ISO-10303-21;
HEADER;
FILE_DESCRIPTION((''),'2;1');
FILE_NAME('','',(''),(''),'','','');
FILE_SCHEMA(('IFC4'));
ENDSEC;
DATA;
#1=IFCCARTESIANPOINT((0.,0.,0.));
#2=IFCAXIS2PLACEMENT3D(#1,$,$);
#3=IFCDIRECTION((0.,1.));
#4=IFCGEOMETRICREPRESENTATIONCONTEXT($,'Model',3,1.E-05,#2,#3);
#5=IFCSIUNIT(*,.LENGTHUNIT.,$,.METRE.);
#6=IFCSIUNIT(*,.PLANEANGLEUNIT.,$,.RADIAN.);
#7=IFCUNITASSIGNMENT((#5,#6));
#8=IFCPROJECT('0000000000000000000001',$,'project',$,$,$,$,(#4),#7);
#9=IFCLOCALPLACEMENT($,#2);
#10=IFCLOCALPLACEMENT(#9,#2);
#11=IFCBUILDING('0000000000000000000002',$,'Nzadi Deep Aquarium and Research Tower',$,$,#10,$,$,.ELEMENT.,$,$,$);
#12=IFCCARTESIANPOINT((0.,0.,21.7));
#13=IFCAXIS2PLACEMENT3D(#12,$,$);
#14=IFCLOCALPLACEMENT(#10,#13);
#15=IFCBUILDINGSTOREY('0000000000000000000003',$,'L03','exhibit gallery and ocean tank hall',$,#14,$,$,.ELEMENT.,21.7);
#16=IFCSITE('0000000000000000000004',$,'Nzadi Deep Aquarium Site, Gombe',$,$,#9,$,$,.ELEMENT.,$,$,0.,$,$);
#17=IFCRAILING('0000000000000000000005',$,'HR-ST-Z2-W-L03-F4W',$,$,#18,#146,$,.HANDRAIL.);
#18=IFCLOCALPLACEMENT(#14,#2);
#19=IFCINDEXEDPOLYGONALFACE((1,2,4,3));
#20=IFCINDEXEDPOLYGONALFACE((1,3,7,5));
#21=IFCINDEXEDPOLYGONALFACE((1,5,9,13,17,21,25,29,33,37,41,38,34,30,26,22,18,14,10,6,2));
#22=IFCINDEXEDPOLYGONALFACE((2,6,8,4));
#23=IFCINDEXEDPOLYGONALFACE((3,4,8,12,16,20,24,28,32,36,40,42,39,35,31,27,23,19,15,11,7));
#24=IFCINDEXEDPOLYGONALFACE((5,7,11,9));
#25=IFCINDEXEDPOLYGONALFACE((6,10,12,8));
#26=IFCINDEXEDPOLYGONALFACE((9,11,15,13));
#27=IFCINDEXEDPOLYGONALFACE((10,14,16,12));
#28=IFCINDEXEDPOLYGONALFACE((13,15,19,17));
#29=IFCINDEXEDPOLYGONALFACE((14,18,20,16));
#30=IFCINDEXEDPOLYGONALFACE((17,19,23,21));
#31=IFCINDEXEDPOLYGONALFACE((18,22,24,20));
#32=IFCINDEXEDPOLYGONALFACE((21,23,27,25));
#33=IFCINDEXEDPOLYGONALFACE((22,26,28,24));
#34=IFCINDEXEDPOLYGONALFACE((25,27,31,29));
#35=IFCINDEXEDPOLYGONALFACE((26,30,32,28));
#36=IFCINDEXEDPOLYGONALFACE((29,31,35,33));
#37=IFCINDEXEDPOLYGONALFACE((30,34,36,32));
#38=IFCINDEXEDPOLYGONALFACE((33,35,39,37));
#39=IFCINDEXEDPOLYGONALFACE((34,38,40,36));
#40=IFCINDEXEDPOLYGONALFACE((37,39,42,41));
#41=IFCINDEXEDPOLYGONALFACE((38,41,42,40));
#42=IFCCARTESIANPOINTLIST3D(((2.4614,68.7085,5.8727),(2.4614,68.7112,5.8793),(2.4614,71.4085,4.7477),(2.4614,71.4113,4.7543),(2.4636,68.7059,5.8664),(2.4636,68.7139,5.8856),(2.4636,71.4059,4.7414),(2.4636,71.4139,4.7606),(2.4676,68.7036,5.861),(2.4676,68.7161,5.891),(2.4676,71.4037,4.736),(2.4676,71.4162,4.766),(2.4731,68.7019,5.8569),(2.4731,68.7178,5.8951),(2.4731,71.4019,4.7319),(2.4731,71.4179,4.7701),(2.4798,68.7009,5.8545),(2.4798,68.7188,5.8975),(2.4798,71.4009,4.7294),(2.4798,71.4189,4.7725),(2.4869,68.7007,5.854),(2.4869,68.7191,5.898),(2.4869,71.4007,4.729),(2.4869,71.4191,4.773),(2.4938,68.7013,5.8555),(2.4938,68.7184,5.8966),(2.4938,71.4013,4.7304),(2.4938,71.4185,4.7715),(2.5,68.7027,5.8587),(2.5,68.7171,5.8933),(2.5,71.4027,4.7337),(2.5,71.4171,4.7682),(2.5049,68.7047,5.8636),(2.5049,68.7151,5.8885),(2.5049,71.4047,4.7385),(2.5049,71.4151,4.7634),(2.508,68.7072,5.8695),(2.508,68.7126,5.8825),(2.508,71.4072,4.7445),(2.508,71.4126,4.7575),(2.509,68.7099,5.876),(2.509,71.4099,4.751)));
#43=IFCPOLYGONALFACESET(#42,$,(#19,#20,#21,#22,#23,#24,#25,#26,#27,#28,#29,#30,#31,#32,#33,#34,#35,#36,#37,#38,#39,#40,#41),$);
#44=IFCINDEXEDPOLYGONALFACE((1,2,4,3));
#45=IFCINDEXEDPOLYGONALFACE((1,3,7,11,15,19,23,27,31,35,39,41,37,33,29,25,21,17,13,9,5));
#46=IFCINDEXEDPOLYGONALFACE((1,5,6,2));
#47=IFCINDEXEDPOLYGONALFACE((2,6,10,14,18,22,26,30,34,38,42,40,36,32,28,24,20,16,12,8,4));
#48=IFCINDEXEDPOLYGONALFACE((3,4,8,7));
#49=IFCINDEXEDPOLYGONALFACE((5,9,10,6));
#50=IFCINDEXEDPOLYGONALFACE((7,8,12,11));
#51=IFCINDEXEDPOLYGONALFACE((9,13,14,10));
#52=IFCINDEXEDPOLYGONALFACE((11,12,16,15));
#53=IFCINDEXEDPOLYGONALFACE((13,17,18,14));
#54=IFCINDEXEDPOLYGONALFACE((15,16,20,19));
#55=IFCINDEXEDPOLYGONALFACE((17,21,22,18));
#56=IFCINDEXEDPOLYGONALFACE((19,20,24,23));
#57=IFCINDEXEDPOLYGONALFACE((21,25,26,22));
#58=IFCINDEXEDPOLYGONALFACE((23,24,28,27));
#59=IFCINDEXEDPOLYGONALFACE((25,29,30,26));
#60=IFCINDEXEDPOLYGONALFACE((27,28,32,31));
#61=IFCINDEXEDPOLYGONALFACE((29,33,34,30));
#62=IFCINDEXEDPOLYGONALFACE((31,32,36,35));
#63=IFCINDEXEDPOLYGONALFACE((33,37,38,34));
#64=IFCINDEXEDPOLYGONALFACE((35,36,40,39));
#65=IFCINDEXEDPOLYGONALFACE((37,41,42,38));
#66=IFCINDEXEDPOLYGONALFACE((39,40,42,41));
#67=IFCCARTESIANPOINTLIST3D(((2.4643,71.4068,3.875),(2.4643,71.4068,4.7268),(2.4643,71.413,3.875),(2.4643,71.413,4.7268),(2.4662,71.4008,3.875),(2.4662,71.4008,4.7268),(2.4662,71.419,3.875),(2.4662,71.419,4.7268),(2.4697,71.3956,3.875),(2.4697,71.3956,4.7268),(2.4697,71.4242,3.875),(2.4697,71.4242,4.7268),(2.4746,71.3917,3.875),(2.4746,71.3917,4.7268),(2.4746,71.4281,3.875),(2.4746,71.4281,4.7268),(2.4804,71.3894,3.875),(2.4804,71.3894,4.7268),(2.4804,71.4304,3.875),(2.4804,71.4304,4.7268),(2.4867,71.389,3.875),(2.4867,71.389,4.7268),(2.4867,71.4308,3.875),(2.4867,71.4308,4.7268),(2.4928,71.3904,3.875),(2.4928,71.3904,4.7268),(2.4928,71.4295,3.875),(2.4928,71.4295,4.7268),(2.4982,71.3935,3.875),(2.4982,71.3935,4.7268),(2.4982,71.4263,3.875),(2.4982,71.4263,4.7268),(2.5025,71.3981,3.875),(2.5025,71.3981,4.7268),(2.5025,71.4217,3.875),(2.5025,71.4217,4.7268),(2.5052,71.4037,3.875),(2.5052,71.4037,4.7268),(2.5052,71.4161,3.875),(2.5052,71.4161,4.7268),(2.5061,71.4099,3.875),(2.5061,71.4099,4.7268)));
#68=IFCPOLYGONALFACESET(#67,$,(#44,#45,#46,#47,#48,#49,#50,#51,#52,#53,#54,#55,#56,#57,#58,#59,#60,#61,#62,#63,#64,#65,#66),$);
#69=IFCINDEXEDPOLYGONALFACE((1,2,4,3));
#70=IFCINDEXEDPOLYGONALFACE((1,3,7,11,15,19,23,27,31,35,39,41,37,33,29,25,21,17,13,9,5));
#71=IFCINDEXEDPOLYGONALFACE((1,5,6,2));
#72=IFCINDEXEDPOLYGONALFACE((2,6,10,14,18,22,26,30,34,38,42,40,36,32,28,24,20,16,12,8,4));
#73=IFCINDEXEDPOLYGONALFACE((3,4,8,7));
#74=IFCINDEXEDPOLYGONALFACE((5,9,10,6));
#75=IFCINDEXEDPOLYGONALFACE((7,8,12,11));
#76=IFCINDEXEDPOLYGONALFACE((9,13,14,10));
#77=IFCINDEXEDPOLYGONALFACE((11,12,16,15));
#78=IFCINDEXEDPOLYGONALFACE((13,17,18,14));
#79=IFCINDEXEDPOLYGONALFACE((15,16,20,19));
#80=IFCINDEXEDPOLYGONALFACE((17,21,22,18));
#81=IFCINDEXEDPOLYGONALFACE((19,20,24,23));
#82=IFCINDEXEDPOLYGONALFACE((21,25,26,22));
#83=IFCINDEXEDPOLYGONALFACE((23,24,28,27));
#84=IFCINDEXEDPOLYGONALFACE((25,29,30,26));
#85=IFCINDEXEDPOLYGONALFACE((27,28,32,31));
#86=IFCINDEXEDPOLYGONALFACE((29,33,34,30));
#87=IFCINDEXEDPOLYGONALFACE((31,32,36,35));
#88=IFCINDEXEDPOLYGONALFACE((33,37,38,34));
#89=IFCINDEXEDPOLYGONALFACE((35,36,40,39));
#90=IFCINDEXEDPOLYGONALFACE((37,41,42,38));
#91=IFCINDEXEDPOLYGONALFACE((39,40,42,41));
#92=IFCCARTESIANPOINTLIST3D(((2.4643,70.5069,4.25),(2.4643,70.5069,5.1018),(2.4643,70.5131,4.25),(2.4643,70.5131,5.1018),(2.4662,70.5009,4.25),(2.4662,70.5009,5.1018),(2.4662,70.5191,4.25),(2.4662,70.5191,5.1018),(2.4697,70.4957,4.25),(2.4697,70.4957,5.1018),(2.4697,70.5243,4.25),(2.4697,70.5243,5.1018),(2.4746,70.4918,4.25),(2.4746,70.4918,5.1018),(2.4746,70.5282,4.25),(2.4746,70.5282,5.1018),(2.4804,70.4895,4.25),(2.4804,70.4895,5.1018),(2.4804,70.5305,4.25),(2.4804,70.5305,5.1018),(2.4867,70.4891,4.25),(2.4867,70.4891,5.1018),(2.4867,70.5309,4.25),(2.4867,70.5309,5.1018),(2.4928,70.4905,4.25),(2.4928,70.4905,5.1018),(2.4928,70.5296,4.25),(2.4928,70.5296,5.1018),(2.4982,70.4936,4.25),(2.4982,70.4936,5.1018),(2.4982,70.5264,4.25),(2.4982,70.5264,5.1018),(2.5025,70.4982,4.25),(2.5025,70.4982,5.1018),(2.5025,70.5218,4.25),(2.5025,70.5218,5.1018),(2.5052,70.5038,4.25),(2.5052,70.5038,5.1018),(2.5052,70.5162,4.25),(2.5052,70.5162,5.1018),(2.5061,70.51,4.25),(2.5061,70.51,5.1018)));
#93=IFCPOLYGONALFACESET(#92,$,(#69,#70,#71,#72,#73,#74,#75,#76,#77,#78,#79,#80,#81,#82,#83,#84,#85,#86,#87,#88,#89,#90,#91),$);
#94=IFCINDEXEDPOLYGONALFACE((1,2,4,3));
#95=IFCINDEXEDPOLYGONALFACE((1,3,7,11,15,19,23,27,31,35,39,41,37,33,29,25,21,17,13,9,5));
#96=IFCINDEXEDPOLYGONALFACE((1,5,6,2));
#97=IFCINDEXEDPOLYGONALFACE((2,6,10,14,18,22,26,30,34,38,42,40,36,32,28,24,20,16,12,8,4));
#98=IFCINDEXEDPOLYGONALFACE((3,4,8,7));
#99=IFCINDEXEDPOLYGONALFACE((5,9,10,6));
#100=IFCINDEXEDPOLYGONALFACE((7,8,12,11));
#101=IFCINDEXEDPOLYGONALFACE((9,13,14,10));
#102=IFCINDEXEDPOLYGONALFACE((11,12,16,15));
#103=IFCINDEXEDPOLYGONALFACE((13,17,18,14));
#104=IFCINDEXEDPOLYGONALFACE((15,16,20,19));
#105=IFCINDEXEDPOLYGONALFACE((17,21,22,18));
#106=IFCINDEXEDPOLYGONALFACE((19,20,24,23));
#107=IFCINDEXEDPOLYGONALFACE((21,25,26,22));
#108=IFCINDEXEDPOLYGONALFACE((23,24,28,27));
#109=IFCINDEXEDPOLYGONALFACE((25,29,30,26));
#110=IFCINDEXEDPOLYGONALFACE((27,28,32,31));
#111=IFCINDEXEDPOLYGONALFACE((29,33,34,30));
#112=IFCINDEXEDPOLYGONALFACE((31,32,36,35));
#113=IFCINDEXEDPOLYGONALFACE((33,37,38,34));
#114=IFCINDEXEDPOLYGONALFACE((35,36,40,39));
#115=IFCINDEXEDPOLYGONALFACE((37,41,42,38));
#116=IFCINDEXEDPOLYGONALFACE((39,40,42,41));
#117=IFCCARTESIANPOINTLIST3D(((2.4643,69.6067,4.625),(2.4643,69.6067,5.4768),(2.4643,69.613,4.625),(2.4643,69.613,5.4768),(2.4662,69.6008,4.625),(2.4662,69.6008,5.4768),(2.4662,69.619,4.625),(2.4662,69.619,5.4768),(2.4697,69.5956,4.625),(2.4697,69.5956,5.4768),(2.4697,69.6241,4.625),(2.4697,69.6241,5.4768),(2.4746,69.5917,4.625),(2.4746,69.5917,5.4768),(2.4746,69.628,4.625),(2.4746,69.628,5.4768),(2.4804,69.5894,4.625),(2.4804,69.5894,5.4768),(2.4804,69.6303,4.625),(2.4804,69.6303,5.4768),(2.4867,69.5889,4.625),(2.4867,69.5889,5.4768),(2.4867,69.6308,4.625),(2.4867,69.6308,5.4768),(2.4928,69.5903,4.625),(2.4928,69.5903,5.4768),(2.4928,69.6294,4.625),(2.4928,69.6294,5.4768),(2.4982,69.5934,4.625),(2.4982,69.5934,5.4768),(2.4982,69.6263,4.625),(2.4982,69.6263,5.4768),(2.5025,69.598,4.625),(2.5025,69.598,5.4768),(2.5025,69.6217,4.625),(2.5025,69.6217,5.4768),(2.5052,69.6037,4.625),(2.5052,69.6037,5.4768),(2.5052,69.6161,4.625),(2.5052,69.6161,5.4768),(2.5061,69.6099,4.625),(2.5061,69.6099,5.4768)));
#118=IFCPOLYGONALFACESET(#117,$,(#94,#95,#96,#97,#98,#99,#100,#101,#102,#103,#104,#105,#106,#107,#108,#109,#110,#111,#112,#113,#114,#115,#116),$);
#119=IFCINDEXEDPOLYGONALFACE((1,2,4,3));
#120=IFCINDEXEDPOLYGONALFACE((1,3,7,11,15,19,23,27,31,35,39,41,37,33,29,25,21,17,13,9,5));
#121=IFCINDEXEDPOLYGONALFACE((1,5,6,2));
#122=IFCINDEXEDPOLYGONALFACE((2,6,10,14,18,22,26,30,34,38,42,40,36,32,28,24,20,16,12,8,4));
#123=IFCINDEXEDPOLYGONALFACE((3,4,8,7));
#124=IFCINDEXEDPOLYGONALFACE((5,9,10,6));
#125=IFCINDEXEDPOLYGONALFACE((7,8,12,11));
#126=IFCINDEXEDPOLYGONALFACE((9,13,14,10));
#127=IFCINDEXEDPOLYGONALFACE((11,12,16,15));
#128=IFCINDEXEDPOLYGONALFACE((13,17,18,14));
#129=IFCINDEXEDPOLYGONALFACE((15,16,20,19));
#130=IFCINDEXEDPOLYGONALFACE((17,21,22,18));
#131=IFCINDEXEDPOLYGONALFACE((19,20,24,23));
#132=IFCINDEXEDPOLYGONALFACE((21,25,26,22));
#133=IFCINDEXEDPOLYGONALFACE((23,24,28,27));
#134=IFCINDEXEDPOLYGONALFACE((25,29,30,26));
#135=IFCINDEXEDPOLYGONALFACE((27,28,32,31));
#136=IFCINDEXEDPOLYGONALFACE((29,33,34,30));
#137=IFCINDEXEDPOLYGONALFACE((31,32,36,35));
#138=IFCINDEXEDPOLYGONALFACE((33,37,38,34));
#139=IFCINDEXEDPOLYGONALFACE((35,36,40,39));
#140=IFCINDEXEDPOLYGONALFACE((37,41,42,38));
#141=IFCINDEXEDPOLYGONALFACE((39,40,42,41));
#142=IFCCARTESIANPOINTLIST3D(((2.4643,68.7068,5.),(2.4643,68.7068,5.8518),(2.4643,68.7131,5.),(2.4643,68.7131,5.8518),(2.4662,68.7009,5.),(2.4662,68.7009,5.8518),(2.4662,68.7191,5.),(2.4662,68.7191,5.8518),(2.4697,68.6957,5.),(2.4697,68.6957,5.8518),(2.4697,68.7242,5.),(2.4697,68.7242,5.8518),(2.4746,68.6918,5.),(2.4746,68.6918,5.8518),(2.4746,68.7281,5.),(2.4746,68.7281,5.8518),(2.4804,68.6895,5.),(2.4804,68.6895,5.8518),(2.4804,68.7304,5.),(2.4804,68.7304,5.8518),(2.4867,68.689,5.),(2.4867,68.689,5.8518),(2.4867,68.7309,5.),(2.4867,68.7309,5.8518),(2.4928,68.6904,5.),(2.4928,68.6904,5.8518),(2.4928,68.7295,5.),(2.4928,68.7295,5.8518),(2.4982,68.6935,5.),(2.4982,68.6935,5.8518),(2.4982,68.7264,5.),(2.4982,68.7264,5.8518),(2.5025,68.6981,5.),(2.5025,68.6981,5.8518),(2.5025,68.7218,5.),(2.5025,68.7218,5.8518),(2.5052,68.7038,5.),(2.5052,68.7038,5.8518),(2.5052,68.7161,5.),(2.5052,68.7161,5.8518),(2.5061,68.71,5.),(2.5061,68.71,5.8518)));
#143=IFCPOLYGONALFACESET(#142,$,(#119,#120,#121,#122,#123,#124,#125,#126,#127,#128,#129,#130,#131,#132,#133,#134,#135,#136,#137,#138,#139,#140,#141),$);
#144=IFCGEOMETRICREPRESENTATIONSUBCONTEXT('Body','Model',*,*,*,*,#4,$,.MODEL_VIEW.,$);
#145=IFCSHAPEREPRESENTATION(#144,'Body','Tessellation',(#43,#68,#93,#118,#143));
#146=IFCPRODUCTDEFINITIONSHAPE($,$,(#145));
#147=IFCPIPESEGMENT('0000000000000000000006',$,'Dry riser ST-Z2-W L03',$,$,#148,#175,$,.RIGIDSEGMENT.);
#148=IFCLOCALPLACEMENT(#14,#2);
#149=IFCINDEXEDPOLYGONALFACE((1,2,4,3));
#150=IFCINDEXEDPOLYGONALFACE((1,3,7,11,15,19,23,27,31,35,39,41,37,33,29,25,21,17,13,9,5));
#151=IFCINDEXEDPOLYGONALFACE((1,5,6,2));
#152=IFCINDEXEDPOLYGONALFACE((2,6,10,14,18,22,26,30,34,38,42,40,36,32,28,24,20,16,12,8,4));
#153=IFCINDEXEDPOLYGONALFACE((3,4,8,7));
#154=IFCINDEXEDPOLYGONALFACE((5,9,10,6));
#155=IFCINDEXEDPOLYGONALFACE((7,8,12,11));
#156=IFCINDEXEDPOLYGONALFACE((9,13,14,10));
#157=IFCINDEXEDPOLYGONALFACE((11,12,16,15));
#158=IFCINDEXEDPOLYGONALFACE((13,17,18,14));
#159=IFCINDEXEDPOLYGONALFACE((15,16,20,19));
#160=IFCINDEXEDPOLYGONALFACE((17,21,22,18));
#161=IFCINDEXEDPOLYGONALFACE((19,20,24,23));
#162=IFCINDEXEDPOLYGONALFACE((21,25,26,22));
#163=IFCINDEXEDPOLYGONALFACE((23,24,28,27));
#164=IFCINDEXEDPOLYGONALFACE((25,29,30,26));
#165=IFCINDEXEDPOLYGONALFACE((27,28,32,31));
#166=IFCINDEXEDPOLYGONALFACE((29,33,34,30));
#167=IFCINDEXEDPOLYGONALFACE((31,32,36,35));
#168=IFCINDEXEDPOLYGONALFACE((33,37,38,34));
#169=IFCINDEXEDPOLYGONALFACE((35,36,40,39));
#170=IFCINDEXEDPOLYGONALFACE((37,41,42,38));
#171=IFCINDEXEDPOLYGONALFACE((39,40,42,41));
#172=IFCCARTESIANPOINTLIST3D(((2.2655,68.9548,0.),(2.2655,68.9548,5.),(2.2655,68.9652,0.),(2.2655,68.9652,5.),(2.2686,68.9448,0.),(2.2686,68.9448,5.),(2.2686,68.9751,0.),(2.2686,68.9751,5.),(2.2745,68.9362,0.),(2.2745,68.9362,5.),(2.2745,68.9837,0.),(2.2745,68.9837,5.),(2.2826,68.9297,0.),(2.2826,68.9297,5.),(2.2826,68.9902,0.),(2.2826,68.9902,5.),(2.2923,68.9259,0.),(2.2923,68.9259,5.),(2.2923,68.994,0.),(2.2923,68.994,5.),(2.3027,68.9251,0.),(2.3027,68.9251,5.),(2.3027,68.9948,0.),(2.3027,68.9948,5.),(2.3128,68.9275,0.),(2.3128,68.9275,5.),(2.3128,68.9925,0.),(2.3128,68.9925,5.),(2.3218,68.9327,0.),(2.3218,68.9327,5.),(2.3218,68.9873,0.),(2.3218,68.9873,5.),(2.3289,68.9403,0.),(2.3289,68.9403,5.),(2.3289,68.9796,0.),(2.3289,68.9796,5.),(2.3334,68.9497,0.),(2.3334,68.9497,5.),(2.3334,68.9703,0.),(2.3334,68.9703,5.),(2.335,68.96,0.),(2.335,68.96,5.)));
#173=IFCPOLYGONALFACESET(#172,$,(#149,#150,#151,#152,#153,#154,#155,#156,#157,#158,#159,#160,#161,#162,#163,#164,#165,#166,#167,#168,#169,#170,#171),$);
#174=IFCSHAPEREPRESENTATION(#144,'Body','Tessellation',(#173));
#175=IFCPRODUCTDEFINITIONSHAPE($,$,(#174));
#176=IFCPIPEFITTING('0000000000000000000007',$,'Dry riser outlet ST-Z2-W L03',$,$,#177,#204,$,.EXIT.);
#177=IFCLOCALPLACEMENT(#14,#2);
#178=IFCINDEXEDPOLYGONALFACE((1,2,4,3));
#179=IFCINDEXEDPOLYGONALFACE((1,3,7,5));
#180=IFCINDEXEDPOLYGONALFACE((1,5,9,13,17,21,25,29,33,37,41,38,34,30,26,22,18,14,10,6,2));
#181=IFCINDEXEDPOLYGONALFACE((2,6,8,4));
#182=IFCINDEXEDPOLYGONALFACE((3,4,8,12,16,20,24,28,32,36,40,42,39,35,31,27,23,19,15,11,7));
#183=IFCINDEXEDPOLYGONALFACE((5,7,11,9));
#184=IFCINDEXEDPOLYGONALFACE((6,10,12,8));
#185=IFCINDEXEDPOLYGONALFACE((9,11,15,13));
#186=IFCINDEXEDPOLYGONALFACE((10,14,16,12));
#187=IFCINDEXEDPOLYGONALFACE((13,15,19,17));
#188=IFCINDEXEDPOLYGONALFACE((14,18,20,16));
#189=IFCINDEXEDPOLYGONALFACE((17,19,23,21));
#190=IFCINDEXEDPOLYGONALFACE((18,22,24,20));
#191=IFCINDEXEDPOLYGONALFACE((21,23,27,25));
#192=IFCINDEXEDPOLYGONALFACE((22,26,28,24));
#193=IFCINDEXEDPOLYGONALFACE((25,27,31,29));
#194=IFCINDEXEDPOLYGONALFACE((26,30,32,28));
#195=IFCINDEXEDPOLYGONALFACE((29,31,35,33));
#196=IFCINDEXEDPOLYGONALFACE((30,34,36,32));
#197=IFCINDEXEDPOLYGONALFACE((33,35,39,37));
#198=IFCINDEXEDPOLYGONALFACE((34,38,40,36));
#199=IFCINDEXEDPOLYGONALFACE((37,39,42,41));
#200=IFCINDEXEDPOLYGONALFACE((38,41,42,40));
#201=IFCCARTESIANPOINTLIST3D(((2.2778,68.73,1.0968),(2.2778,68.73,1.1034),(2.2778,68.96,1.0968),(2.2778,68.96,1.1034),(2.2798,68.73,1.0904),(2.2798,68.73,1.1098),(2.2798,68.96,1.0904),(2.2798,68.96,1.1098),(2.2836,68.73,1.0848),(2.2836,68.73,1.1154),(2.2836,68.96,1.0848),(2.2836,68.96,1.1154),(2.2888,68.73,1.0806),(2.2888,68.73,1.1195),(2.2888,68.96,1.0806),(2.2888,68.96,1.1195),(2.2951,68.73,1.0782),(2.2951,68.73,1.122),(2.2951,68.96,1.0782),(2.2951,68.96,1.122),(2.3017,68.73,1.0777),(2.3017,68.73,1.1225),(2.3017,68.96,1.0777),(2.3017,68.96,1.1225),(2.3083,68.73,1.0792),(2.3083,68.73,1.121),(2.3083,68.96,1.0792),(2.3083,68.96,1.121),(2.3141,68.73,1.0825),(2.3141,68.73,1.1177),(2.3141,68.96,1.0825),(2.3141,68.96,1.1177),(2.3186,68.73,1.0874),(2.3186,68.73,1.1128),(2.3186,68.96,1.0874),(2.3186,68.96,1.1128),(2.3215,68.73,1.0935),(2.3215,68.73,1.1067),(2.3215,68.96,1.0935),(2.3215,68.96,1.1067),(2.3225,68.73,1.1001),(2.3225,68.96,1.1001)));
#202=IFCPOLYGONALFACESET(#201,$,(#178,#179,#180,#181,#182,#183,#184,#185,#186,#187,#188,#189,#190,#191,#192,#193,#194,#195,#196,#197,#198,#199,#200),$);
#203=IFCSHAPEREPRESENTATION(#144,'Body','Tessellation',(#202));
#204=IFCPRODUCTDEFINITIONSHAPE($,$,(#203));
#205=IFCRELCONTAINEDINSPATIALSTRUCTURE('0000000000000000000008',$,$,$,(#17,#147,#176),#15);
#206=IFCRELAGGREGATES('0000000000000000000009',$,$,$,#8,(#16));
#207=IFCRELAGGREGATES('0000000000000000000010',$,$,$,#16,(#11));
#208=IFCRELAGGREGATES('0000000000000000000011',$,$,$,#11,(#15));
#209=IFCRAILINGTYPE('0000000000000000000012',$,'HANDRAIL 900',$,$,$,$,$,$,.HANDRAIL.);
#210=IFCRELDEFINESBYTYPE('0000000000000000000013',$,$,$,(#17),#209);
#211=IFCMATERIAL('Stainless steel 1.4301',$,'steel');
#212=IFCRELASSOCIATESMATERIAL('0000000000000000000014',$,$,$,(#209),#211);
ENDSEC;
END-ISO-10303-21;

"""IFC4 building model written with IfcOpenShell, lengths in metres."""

from ifc_helpers import new_model, si_unit, direction, frame, origin, origin_2d, place, context, subcontext, project, spatial, circle, extrude, material, type_object, element, save


model = new_model("IFC4")

# Units and contexts
model_context = context("Model", 3, precision=1e-05, world=origin(), true_north=direction((0.0, 1.0)))
body_context = subcontext(model_context, "Body", "Model", "MODEL_VIEW")
ifc_project = project(units=[si_unit("LENGTHUNIT", "METRE"), si_unit("PLANEANGLEUNIT", "RADIAN")], contexts=[model_context])

# Site, building, storey
site_placement = place(None, origin())
site = spatial("IfcSite", under=ifc_project, at=site_placement, Name="Nzadi Deep Aquarium Site, Gombe", CompositionType="ELEMENT", RefElevation=0.0)
building_placement = place(site_placement, origin())
building = spatial("IfcBuilding", under=site, at=building_placement, Name="Nzadi Deep Aquarium and Research Tower", CompositionType="ELEMENT")
storey_placement = place(building_placement, frame((0.0, 0.0, 21.7)))
storey = spatial("IfcBuildingStorey", under=building, at=storey_placement, Name="L03", Description="exhibit gallery and ocean tank hall", CompositionType="ELEMENT", Elevation=21.7)

# Railing
ifc_material_1 = material(Name="Stainless steel 1.4301", Category="steel")
railing_type = type_object("IfcRailingType", Name="HANDRAIL 900", PredefinedType="HANDRAIL", material=ifc_material_1)
for number, where, name in (
    (1, (2.4851, 71.4099, 3.875), "HR-ST-Z2-W-L03-F4W"),
):
    element("IfcRailing", number, at=place(storey_placement, frame(where)), inside=storey, type_object=railing_type, Name=name, PredefinedType="HANDRAIL", context=body_context, shape_type="SweptSolid", body=[
        extrude(circle(Radius=0.0239, at=origin_2d()), frame((0.0, 0.0, 0.876), z_axis=(0.0, -0.923074, 0.384621), x_axis=(1.0, 0.0, 0.0)), (0.0, 0.0, 1.0), 2.925),
        extrude(circle(Radius=0.021, at=origin_2d()), origin(), (0.0, 0.0, 1.0), 0.8518),
        extrude(circle(Radius=0.021, at=origin_2d()), frame((0.0, -0.8999, 0.375)), (0.0, 0.0, 1.0), 0.8518),
        extrude(circle(Radius=0.021, at=origin_2d()), frame((0.0, -1.8, 0.75)), (0.0, 0.0, 1.0), 0.8518),
        extrude(circle(Radius=0.021, at=origin_2d()), frame((0.0, -2.7, 1.125)), (0.0, 0.0, 1.0), 0.8518),
    ])

# Pipe segment
pipe_segment_placement = place(storey_placement, frame((2.3, 68.96, 0.0), z_axis=(0.0, 0.0, 1.0), x_axis=(1.0, 0.0, 0.0)))
element("IfcPipeSegment", 2, at=pipe_segment_placement, inside=storey, Name="Dry riser ST-Z2-W L03", PredefinedType="RIGIDSEGMENT", context=body_context, shape_type="SweptSolid", body=[
    extrude(circle(Radius=0.0349, at=origin_2d()), origin(), (0.0, 0.0, 1.0), 5.0),
])

# Pipe fitting
pipe_fitting_placement = place(storey_placement, frame((2.3, 68.96, 1.1001), z_axis=(0.0, -1.0, 0.0), x_axis=(1.0, 0.0, 0.0)))
element("IfcPipeFitting", 3, at=pipe_fitting_placement, inside=storey, Name="Dry riser outlet ST-Z2-W L03", PredefinedType="EXIT", context=body_context, shape_type="SweptSolid", body=[
    extrude(circle(Radius=0.0225, at=origin_2d()), origin(), (0.0, 0.0, 1.0), 0.23),
])

save(model, "model.ifc")
